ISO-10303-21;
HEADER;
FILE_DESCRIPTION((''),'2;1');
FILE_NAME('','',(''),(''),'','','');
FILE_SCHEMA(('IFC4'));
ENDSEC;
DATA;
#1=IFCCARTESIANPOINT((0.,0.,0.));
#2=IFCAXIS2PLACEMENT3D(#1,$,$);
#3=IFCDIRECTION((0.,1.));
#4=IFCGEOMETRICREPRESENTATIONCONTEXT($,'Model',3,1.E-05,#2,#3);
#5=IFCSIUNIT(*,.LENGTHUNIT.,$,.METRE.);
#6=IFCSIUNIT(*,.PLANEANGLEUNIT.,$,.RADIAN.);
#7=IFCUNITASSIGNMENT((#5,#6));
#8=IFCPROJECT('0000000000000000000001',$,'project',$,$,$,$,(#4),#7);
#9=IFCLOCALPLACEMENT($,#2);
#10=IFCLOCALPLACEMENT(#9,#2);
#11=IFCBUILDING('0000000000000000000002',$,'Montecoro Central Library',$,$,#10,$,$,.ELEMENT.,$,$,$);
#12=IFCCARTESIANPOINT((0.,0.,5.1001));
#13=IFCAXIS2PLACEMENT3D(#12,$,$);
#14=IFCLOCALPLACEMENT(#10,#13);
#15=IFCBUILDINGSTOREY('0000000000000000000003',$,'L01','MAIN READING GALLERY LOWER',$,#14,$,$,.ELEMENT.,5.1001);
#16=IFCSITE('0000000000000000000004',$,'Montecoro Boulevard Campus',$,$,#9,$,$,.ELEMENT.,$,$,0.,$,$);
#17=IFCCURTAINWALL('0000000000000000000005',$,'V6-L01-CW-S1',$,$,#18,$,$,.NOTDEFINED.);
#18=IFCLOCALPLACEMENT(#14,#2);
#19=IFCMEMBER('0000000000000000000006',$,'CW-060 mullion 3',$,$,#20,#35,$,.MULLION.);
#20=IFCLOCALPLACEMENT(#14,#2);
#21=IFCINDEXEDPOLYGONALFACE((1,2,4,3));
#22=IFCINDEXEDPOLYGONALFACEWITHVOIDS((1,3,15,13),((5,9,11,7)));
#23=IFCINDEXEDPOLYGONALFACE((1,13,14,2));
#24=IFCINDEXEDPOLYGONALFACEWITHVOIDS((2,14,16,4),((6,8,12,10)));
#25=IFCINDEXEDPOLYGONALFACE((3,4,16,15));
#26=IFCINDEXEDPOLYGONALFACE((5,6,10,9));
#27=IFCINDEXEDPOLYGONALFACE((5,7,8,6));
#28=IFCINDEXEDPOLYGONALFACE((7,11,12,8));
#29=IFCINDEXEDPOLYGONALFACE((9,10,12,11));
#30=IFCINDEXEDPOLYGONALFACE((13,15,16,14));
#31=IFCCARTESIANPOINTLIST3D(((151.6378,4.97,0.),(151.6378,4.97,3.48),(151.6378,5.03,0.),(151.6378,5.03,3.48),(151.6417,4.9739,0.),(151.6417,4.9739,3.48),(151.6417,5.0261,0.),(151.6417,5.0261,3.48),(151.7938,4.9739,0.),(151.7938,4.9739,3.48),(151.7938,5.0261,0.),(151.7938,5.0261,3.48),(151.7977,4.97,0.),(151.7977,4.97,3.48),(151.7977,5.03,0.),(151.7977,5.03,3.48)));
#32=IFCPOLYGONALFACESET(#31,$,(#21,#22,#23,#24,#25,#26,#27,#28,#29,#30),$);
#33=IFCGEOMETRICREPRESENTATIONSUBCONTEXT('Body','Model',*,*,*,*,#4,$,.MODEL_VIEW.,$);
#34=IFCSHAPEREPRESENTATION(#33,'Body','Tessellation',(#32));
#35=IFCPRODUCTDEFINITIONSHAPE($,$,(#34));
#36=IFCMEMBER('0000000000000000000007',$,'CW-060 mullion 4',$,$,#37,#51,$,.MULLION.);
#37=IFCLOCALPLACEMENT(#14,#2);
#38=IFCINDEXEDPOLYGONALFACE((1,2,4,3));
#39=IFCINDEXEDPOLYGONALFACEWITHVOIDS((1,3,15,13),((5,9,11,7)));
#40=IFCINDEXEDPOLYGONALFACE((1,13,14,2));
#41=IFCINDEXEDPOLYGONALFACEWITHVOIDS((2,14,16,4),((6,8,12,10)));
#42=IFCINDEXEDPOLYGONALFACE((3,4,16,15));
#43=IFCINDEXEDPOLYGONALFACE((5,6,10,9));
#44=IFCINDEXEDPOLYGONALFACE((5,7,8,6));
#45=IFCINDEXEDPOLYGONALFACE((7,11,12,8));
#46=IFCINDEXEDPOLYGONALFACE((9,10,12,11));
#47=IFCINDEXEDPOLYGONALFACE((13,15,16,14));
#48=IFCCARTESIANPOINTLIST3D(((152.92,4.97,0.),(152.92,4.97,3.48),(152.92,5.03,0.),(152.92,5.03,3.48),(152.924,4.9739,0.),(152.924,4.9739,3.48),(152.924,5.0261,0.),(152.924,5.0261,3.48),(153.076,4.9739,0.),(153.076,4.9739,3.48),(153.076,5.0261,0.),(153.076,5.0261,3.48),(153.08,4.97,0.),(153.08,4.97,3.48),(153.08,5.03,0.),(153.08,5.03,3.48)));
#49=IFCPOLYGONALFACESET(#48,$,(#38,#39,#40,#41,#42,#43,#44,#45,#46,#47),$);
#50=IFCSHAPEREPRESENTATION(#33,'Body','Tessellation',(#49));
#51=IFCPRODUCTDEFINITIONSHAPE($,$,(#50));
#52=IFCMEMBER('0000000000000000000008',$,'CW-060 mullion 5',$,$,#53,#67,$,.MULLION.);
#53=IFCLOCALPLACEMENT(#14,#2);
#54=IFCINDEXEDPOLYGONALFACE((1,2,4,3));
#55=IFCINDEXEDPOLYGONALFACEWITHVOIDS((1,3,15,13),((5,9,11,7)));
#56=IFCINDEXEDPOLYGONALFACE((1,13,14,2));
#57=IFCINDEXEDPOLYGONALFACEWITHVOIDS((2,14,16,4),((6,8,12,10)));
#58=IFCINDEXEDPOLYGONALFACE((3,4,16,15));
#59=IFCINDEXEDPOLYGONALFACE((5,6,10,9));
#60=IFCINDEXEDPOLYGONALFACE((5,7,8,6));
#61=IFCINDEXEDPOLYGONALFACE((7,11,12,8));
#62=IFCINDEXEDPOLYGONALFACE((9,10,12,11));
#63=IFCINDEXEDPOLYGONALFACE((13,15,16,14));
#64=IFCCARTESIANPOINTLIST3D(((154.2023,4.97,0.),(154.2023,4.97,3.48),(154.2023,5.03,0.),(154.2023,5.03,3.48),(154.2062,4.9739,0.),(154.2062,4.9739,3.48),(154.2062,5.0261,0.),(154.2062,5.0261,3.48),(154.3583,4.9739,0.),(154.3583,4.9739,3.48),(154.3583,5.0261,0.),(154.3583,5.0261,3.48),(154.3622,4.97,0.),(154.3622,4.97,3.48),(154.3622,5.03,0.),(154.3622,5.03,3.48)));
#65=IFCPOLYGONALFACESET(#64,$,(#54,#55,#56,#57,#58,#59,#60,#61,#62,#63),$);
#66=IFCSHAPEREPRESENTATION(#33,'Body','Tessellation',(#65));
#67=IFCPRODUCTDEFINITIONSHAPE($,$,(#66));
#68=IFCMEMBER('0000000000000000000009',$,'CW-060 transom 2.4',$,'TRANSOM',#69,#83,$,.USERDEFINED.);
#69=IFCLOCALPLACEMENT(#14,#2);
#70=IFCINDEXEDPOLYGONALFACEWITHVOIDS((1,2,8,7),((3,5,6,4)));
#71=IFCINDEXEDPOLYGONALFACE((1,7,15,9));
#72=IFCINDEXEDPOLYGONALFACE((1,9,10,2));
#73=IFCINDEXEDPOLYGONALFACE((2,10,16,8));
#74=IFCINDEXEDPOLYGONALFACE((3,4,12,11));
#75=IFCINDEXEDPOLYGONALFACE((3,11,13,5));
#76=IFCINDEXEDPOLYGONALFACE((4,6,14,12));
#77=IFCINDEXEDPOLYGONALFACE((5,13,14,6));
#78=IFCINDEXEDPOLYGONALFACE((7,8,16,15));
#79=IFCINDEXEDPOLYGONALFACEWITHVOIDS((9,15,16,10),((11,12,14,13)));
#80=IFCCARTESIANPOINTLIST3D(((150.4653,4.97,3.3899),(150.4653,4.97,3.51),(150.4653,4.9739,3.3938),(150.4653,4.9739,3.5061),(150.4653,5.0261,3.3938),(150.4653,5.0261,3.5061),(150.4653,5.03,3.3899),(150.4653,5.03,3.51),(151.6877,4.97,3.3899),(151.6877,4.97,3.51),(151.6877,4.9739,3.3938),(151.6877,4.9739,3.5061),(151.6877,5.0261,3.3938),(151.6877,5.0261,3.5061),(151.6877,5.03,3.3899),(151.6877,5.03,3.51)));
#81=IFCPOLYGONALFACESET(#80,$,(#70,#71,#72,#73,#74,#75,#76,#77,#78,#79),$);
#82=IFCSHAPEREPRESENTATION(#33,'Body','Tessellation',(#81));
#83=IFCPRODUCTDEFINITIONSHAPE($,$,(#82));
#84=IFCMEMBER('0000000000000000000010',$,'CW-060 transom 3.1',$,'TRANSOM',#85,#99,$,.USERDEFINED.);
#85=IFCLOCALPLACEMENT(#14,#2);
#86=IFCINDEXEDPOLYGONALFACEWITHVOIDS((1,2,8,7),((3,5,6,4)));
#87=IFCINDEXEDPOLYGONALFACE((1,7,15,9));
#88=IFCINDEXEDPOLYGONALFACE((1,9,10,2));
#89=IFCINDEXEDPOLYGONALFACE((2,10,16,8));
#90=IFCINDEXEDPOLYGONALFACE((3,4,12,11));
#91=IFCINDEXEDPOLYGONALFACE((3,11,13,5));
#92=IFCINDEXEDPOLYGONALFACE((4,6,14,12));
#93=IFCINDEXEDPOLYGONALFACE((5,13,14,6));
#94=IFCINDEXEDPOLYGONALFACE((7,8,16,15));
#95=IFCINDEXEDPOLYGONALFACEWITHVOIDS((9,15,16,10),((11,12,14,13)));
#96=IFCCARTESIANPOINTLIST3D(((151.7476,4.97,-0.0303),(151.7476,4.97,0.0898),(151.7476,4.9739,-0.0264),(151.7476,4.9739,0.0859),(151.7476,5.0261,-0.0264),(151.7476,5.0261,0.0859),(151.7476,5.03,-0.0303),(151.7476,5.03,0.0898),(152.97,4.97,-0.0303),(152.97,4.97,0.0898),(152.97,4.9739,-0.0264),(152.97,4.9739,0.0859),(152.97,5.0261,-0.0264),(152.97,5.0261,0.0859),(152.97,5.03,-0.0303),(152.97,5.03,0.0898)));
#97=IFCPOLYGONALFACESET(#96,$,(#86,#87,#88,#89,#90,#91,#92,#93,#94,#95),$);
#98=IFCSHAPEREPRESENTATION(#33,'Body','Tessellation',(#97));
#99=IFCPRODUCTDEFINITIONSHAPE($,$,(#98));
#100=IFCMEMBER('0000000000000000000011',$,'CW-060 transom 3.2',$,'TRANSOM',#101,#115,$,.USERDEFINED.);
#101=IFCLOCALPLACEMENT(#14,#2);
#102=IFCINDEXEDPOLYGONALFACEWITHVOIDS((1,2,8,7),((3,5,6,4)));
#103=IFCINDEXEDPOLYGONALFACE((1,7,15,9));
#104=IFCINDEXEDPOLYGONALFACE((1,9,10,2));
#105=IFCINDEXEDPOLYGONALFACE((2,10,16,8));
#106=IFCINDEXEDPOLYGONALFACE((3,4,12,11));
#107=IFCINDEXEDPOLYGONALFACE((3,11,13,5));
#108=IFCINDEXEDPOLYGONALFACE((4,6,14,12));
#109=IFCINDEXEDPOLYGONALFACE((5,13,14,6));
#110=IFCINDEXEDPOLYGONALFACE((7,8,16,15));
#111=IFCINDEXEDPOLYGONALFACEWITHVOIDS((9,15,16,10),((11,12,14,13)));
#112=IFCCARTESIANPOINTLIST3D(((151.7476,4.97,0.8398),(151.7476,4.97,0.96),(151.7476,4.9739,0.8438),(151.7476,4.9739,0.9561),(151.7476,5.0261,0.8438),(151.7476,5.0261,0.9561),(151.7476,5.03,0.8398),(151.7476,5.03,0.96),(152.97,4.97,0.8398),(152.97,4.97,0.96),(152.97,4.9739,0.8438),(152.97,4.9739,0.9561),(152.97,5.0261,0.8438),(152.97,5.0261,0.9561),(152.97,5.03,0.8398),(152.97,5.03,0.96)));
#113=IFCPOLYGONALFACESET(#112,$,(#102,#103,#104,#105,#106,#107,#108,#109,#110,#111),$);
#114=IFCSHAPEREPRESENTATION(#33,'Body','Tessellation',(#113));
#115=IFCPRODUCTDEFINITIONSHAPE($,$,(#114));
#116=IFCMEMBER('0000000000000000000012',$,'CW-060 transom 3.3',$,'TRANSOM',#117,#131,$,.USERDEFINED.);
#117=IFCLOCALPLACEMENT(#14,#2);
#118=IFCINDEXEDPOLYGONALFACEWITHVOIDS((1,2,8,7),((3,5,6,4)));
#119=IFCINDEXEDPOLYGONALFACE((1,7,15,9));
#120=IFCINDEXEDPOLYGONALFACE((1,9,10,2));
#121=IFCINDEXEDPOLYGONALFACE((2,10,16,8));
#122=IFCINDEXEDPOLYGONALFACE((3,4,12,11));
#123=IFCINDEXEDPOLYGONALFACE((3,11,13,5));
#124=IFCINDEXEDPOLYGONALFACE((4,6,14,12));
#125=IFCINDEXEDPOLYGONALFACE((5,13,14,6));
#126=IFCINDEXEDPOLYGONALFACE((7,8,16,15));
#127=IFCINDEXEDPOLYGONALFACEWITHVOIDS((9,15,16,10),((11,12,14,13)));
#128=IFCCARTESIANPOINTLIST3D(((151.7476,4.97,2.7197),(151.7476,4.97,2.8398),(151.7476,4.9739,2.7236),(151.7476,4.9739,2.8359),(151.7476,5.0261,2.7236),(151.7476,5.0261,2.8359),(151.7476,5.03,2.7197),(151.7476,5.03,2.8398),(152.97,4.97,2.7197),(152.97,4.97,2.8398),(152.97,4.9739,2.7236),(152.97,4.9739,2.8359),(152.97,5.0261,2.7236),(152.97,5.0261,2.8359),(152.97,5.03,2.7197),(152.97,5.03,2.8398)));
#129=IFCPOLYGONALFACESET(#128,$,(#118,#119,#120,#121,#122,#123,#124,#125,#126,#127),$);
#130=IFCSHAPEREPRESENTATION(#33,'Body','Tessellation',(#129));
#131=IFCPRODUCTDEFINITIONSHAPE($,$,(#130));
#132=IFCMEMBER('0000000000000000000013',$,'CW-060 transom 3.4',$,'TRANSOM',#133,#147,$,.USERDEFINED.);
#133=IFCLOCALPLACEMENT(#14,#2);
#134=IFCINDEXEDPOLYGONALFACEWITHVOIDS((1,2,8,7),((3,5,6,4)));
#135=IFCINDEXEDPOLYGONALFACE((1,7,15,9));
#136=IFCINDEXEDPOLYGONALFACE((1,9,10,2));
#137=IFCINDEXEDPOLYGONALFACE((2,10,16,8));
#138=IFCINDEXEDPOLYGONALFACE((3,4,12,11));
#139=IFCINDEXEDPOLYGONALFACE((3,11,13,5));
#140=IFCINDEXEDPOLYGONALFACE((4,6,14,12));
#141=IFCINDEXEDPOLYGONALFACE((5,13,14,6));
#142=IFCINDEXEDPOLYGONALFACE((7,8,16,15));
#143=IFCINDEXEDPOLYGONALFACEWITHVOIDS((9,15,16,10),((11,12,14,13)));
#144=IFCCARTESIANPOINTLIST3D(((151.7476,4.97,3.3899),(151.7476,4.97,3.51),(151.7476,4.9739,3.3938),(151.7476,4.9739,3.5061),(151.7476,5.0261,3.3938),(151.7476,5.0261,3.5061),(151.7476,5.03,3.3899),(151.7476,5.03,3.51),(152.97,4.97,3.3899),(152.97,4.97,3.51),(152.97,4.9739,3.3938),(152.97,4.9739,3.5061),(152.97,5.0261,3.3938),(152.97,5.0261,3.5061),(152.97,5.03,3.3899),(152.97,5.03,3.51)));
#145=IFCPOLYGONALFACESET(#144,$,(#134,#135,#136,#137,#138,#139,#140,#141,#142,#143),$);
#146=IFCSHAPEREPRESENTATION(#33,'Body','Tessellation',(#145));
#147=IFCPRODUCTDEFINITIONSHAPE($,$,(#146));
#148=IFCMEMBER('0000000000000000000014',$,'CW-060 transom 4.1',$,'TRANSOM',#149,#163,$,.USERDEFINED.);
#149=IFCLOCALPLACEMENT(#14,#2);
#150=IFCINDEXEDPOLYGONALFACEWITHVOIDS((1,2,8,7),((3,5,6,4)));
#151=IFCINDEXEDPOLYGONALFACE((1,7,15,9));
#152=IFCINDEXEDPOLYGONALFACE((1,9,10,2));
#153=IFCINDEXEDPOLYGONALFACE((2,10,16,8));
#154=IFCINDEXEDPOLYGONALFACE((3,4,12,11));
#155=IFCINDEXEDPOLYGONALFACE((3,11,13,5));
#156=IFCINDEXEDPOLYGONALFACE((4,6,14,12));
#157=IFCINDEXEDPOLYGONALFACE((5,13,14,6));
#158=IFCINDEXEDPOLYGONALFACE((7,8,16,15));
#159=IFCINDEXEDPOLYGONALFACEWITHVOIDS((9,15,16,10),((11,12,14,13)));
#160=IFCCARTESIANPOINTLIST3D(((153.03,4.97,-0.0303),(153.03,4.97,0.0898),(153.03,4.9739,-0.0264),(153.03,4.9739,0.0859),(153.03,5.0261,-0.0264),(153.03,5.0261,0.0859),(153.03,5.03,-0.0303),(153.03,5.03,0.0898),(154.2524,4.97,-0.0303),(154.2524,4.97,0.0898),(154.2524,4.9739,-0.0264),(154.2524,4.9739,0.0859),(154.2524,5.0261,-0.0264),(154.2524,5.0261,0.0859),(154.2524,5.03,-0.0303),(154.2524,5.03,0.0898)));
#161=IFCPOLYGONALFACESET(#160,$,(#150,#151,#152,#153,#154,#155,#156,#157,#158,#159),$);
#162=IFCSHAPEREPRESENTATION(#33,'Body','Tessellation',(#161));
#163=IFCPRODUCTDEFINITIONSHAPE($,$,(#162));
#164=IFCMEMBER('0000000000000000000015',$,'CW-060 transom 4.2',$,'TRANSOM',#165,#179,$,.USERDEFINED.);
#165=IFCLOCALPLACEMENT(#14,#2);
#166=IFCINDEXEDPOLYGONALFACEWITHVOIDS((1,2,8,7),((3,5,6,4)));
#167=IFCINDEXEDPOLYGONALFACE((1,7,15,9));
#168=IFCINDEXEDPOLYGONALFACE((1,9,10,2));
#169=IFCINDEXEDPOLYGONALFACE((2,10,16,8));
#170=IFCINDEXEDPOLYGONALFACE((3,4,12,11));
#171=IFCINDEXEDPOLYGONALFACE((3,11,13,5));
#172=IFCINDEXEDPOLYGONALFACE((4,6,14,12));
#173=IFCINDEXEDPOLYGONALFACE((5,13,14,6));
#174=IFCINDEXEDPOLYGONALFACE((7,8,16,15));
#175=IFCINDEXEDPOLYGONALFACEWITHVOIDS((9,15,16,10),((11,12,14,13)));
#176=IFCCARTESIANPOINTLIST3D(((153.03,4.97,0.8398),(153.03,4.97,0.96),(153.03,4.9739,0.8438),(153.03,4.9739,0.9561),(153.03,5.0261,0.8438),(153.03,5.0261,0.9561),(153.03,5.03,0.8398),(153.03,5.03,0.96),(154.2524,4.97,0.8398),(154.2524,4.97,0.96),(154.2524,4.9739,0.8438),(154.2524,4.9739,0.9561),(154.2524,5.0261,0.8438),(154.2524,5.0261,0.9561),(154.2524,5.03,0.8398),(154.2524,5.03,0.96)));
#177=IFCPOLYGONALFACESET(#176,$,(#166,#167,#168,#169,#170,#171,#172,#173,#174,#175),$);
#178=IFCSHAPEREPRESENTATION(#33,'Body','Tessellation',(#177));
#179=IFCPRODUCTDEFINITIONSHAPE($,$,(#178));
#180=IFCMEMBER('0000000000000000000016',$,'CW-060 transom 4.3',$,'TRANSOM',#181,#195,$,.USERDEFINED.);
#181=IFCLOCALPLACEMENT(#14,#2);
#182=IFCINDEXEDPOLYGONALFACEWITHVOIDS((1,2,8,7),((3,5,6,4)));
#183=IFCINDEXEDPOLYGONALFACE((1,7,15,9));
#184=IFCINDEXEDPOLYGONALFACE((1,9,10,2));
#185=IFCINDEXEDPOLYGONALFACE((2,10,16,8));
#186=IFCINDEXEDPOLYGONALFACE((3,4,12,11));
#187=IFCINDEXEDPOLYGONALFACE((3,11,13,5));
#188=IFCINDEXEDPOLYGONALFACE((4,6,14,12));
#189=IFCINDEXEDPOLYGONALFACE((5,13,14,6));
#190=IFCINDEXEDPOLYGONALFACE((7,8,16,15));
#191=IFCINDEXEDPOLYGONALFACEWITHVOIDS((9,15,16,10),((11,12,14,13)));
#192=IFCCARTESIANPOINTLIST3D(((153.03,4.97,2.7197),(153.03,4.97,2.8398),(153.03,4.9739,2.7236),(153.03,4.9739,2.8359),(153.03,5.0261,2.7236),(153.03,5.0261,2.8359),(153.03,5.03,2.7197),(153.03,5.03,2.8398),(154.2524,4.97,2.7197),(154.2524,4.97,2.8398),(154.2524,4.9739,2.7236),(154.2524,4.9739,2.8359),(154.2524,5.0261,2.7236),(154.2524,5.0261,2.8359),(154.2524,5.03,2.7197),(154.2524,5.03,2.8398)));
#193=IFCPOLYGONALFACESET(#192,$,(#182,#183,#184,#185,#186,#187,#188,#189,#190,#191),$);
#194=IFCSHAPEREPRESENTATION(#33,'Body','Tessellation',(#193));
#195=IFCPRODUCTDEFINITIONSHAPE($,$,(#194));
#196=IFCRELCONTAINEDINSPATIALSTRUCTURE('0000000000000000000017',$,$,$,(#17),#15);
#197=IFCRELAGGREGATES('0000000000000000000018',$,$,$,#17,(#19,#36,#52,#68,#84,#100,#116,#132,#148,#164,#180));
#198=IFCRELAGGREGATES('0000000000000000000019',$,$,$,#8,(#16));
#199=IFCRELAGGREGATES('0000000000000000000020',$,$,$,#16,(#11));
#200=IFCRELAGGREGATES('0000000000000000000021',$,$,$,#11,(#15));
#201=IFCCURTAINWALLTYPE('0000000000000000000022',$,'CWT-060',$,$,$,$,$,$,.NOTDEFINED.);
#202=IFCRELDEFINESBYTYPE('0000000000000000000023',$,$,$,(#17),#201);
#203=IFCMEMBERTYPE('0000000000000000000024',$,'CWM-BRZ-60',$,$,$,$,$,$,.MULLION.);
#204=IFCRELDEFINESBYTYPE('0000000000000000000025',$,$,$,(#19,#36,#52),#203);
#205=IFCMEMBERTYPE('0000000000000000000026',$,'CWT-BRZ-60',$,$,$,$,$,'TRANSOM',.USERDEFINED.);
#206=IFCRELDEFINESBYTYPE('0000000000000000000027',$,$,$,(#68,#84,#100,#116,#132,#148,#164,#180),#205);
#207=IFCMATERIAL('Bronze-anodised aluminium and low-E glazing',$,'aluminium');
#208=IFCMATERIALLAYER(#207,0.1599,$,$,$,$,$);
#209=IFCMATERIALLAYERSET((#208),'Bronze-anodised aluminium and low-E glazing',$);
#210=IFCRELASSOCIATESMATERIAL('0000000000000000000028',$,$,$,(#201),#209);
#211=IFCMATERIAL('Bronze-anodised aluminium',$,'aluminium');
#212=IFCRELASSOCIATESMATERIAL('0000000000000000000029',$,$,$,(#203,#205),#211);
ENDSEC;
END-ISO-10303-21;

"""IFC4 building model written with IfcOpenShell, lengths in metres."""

from ifc_helpers import new_model, si_unit, direction, frame, origin, origin_2d, place, context, subcontext, project, spatial, hollow_rectangle, extrude, material, layer, layer_set, material_profile, profile_set, type_object, element, aggregate, save


model = new_model("IFC4")

# Units and contexts
model_context = context("Model", 3, precision=1e-05, world=origin(), true_north=direction((0.0, 1.0)))
body_context = subcontext(model_context, "Body", "Model", "MODEL_VIEW")
ifc_project = project(units=[si_unit("LENGTHUNIT", "METRE"), si_unit("PLANEANGLEUNIT", "RADIAN")], contexts=[model_context])

# Site, building, storey
site_placement = place(None, origin())
site = spatial("IfcSite", under=ifc_project, at=site_placement, Name="Montecoro Boulevard Campus", CompositionType="ELEMENT", RefElevation=0.0)
building_placement = place(site_placement, origin())
building = spatial("IfcBuilding", under=site, at=building_placement, Name="Montecoro Central Library", CompositionType="ELEMENT")
storey_placement = place(building_placement, frame((0.0, 0.0, 5.1001)))
storey = spatial("IfcBuildingStorey", under=building, at=storey_placement, Name="L01", Description="MAIN READING GALLERY LOWER", CompositionType="ELEMENT", Elevation=5.1001)

# Curtain wall, members
ifc_material_1 = material(Name="Bronze-anodised aluminium and low-E glazing", Category="aluminium")
ifc_layer_1 = layer(ifc_material_1, 0.1599)
ifc_layer_set_1 = layer_set([ifc_layer_1], Name="Bronze-anodised aluminium and low-E glazing")
curtain_wall_type = type_object("IfcCurtainWallType", Name="CWT-060", PredefinedType="NOTDEFINED", material=ifc_layer_set_1)
curtain_wall_placement = place(storey_placement, origin())
curtain_wall = element("IfcCurtainWall", 1, at=curtain_wall_placement, inside=storey, type_object=curtain_wall_type, Name="V6-L01-CW-S1", PredefinedType="NOTDEFINED")
ifc_material_2 = material(Name="Bronze-anodised aluminium", Category="aluminium")
ifc_material_profile_1 = material_profile(ifc_material_2, hollow_rectangle(XDim=0.0601, YDim=0.1599, WallThickness=0.0039, at=origin_2d()), Name="CWM 160x60x4.0")
ifc_profile_set_1 = profile_set([ifc_material_profile_1], Name="Bronze-anodised aluminium")
member_type_1 = type_object("IfcMemberType", Name="CWM-BRZ-60", PredefinedType="MULLION", material=ifc_profile_set_1)
member_1_placement = place(storey_placement, frame((151.7178, 5.0, 0.0), z_axis=(0.0, 0.0, 1.0), x_axis=(0.0, 1.0, 0.0)))
member_1 = element("IfcMember", 2, at=member_1_placement, type_object=member_type_1, Name="CW-060 mullion 3", PredefinedType="MULLION", context=body_context, shape_type="SweptSolid", body=[
    extrude(hollow_rectangle(XDim=0.0601, YDim=0.1599, WallThickness=0.0039, at=origin_2d()), origin(), (0.0, 0.0, 1.0), 3.48),
])
member_2_placement = place(storey_placement, frame((153.0, 5.0, 0.0), z_axis=(0.0, 0.0, 1.0), x_axis=(0.0, 1.0, 0.0)))
member_2 = element("IfcMember", 3, at=member_2_placement, type_object=member_type_1, Name="CW-060 mullion 4", PredefinedType="MULLION", context=body_context, shape_type="SweptSolid", body=[
    extrude(hollow_rectangle(XDim=0.0601, YDim=0.1599, WallThickness=0.0039, at=origin_2d()), origin(), (0.0, 0.0, 1.0), 3.48),
])
member_3_placement = place(storey_placement, frame((154.2822, 5.0, 0.0), z_axis=(0.0, 0.0, 1.0), x_axis=(0.0, 1.0, 0.0)))
member_3 = element("IfcMember", 4, at=member_3_placement, type_object=member_type_1, Name="CW-060 mullion 5", PredefinedType="MULLION", context=body_context, shape_type="SweptSolid", body=[
    extrude(hollow_rectangle(XDim=0.0601, YDim=0.1599, WallThickness=0.0039, at=origin_2d()), origin(), (0.0, 0.0, 1.0), 3.48),
])
ifc_material_profile_2 = material_profile(ifc_material_2, hollow_rectangle(XDim=0.0601, YDim=0.1201, WallThickness=0.0039, at=origin_2d()), Name="CWT 120x60x4.0")
ifc_profile_set_2 = profile_set([ifc_material_profile_2], Name="Bronze-anodised aluminium")
member_type_2 = type_object("IfcMemberType", Name="CWT-BRZ-60", ElementType="TRANSOM", PredefinedType="USERDEFINED", material=ifc_profile_set_2)
member_4_placement = place(storey_placement, frame((150.4653, 5.0, 3.45), z_axis=(1.0, 0.0, 0.0), x_axis=(0.0, 1.0, 0.0)))
member_4 = element("IfcMember", 5, at=member_4_placement, type_object=member_type_2, Name="CW-060 transom 2.4", ObjectType="TRANSOM", PredefinedType="USERDEFINED", context=body_context, shape_type="SweptSolid", body=[
    extrude(hollow_rectangle(XDim=0.0601, YDim=0.1201, WallThickness=0.0039, at=origin_2d()), origin(), (0.0, 0.0, 1.0), 1.2224),
])
member_5_placement = place(storey_placement, frame((151.7476, 5.0, 0.0298), z_axis=(1.0, 0.0, 0.0), x_axis=(0.0, 1.0, 0.0)))
member_5 = element("IfcMember", 6, at=member_5_placement, type_object=member_type_2, Name="CW-060 transom 3.1", ObjectType="TRANSOM", PredefinedType="USERDEFINED", context=body_context, shape_type="SweptSolid", body=[
    extrude(hollow_rectangle(XDim=0.0601, YDim=0.1201, WallThickness=0.0039, at=origin_2d()), origin(), (0.0, 0.0, 1.0), 1.2224),
])
member_6_placement = place(storey_placement, frame((151.7476, 5.0, 0.8999), z_axis=(1.0, 0.0, 0.0), x_axis=(0.0, 1.0, 0.0)))
member_6 = element("IfcMember", 7, at=member_6_placement, type_object=member_type_2, Name="CW-060 transom 3.2", ObjectType="TRANSOM", PredefinedType="USERDEFINED", context=body_context, shape_type="SweptSolid", body=[
    extrude(hollow_rectangle(XDim=0.0601, YDim=0.1201, WallThickness=0.0039, at=origin_2d()), origin(), (0.0, 0.0, 1.0), 1.2224),
])
member_7_placement = place(storey_placement, frame((151.7476, 5.0, 2.7798), z_axis=(1.0, 0.0, 0.0), x_axis=(0.0, 1.0, 0.0)))
member_7 = element("IfcMember", 8, at=member_7_placement, type_object=member_type_2, Name="CW-060 transom 3.3", ObjectType="TRANSOM", PredefinedType="USERDEFINED", context=body_context, shape_type="SweptSolid", body=[
    extrude(hollow_rectangle(XDim=0.0601, YDim=0.1201, WallThickness=0.0039, at=origin_2d()), origin(), (0.0, 0.0, 1.0), 1.2224),
])
member_8_placement = place(storey_placement, frame((151.7476, 5.0, 3.45), z_axis=(1.0, 0.0, 0.0), x_axis=(0.0, 1.0, 0.0)))
member_8 = element("IfcMember", 9, at=member_8_placement, type_object=member_type_2, Name="CW-060 transom 3.4", ObjectType="TRANSOM", PredefinedType="USERDEFINED", context=body_context, shape_type="SweptSolid", body=[
    extrude(hollow_rectangle(XDim=0.0601, YDim=0.1201, WallThickness=0.0039, at=origin_2d()), origin(), (0.0, 0.0, 1.0), 1.2224),
])
member_9_placement = place(storey_placement, frame((153.03, 5.0, 0.0298), z_axis=(1.0, 0.0, 0.0), x_axis=(0.0, 1.0, 0.0)))
member_9 = element("IfcMember", 10, at=member_9_placement, type_object=member_type_2, Name="CW-060 transom 4.1", ObjectType="TRANSOM", PredefinedType="USERDEFINED", context=body_context, shape_type="SweptSolid", body=[
    extrude(hollow_rectangle(XDim=0.0601, YDim=0.1201, WallThickness=0.0039, at=origin_2d()), origin(), (0.0, 0.0, 1.0), 1.2224),
])
member_10_placement = place(storey_placement, frame((153.03, 5.0, 0.8999), z_axis=(1.0, 0.0, 0.0), x_axis=(0.0, 1.0, 0.0)))
member_10 = element("IfcMember", 11, at=member_10_placement, type_object=member_type_2, Name="CW-060 transom 4.2", ObjectType="TRANSOM", PredefinedType="USERDEFINED", context=body_context, shape_type="SweptSolid", body=[
    extrude(hollow_rectangle(XDim=0.0601, YDim=0.1201, WallThickness=0.0039, at=origin_2d()), origin(), (0.0, 0.0, 1.0), 1.2224),
])
member_11_placement = place(storey_placement, frame((153.03, 5.0, 2.7798), z_axis=(1.0, 0.0, 0.0), x_axis=(0.0, 1.0, 0.0)))
member_11 = element("IfcMember", 12, at=member_11_placement, type_object=member_type_2, Name="CW-060 transom 4.3", ObjectType="TRANSOM", PredefinedType="USERDEFINED", context=body_context, shape_type="SweptSolid", body=[
    extrude(hollow_rectangle(XDim=0.0601, YDim=0.1201, WallThickness=0.0039, at=origin_2d()), origin(), (0.0, 0.0, 1.0), 1.2224),
])
aggregate(curtain_wall, [member_1, member_2, member_3, member_4, member_5, member_6, member_7, member_8, member_9, member_10, member_11])

save(model, "model.ifc")
